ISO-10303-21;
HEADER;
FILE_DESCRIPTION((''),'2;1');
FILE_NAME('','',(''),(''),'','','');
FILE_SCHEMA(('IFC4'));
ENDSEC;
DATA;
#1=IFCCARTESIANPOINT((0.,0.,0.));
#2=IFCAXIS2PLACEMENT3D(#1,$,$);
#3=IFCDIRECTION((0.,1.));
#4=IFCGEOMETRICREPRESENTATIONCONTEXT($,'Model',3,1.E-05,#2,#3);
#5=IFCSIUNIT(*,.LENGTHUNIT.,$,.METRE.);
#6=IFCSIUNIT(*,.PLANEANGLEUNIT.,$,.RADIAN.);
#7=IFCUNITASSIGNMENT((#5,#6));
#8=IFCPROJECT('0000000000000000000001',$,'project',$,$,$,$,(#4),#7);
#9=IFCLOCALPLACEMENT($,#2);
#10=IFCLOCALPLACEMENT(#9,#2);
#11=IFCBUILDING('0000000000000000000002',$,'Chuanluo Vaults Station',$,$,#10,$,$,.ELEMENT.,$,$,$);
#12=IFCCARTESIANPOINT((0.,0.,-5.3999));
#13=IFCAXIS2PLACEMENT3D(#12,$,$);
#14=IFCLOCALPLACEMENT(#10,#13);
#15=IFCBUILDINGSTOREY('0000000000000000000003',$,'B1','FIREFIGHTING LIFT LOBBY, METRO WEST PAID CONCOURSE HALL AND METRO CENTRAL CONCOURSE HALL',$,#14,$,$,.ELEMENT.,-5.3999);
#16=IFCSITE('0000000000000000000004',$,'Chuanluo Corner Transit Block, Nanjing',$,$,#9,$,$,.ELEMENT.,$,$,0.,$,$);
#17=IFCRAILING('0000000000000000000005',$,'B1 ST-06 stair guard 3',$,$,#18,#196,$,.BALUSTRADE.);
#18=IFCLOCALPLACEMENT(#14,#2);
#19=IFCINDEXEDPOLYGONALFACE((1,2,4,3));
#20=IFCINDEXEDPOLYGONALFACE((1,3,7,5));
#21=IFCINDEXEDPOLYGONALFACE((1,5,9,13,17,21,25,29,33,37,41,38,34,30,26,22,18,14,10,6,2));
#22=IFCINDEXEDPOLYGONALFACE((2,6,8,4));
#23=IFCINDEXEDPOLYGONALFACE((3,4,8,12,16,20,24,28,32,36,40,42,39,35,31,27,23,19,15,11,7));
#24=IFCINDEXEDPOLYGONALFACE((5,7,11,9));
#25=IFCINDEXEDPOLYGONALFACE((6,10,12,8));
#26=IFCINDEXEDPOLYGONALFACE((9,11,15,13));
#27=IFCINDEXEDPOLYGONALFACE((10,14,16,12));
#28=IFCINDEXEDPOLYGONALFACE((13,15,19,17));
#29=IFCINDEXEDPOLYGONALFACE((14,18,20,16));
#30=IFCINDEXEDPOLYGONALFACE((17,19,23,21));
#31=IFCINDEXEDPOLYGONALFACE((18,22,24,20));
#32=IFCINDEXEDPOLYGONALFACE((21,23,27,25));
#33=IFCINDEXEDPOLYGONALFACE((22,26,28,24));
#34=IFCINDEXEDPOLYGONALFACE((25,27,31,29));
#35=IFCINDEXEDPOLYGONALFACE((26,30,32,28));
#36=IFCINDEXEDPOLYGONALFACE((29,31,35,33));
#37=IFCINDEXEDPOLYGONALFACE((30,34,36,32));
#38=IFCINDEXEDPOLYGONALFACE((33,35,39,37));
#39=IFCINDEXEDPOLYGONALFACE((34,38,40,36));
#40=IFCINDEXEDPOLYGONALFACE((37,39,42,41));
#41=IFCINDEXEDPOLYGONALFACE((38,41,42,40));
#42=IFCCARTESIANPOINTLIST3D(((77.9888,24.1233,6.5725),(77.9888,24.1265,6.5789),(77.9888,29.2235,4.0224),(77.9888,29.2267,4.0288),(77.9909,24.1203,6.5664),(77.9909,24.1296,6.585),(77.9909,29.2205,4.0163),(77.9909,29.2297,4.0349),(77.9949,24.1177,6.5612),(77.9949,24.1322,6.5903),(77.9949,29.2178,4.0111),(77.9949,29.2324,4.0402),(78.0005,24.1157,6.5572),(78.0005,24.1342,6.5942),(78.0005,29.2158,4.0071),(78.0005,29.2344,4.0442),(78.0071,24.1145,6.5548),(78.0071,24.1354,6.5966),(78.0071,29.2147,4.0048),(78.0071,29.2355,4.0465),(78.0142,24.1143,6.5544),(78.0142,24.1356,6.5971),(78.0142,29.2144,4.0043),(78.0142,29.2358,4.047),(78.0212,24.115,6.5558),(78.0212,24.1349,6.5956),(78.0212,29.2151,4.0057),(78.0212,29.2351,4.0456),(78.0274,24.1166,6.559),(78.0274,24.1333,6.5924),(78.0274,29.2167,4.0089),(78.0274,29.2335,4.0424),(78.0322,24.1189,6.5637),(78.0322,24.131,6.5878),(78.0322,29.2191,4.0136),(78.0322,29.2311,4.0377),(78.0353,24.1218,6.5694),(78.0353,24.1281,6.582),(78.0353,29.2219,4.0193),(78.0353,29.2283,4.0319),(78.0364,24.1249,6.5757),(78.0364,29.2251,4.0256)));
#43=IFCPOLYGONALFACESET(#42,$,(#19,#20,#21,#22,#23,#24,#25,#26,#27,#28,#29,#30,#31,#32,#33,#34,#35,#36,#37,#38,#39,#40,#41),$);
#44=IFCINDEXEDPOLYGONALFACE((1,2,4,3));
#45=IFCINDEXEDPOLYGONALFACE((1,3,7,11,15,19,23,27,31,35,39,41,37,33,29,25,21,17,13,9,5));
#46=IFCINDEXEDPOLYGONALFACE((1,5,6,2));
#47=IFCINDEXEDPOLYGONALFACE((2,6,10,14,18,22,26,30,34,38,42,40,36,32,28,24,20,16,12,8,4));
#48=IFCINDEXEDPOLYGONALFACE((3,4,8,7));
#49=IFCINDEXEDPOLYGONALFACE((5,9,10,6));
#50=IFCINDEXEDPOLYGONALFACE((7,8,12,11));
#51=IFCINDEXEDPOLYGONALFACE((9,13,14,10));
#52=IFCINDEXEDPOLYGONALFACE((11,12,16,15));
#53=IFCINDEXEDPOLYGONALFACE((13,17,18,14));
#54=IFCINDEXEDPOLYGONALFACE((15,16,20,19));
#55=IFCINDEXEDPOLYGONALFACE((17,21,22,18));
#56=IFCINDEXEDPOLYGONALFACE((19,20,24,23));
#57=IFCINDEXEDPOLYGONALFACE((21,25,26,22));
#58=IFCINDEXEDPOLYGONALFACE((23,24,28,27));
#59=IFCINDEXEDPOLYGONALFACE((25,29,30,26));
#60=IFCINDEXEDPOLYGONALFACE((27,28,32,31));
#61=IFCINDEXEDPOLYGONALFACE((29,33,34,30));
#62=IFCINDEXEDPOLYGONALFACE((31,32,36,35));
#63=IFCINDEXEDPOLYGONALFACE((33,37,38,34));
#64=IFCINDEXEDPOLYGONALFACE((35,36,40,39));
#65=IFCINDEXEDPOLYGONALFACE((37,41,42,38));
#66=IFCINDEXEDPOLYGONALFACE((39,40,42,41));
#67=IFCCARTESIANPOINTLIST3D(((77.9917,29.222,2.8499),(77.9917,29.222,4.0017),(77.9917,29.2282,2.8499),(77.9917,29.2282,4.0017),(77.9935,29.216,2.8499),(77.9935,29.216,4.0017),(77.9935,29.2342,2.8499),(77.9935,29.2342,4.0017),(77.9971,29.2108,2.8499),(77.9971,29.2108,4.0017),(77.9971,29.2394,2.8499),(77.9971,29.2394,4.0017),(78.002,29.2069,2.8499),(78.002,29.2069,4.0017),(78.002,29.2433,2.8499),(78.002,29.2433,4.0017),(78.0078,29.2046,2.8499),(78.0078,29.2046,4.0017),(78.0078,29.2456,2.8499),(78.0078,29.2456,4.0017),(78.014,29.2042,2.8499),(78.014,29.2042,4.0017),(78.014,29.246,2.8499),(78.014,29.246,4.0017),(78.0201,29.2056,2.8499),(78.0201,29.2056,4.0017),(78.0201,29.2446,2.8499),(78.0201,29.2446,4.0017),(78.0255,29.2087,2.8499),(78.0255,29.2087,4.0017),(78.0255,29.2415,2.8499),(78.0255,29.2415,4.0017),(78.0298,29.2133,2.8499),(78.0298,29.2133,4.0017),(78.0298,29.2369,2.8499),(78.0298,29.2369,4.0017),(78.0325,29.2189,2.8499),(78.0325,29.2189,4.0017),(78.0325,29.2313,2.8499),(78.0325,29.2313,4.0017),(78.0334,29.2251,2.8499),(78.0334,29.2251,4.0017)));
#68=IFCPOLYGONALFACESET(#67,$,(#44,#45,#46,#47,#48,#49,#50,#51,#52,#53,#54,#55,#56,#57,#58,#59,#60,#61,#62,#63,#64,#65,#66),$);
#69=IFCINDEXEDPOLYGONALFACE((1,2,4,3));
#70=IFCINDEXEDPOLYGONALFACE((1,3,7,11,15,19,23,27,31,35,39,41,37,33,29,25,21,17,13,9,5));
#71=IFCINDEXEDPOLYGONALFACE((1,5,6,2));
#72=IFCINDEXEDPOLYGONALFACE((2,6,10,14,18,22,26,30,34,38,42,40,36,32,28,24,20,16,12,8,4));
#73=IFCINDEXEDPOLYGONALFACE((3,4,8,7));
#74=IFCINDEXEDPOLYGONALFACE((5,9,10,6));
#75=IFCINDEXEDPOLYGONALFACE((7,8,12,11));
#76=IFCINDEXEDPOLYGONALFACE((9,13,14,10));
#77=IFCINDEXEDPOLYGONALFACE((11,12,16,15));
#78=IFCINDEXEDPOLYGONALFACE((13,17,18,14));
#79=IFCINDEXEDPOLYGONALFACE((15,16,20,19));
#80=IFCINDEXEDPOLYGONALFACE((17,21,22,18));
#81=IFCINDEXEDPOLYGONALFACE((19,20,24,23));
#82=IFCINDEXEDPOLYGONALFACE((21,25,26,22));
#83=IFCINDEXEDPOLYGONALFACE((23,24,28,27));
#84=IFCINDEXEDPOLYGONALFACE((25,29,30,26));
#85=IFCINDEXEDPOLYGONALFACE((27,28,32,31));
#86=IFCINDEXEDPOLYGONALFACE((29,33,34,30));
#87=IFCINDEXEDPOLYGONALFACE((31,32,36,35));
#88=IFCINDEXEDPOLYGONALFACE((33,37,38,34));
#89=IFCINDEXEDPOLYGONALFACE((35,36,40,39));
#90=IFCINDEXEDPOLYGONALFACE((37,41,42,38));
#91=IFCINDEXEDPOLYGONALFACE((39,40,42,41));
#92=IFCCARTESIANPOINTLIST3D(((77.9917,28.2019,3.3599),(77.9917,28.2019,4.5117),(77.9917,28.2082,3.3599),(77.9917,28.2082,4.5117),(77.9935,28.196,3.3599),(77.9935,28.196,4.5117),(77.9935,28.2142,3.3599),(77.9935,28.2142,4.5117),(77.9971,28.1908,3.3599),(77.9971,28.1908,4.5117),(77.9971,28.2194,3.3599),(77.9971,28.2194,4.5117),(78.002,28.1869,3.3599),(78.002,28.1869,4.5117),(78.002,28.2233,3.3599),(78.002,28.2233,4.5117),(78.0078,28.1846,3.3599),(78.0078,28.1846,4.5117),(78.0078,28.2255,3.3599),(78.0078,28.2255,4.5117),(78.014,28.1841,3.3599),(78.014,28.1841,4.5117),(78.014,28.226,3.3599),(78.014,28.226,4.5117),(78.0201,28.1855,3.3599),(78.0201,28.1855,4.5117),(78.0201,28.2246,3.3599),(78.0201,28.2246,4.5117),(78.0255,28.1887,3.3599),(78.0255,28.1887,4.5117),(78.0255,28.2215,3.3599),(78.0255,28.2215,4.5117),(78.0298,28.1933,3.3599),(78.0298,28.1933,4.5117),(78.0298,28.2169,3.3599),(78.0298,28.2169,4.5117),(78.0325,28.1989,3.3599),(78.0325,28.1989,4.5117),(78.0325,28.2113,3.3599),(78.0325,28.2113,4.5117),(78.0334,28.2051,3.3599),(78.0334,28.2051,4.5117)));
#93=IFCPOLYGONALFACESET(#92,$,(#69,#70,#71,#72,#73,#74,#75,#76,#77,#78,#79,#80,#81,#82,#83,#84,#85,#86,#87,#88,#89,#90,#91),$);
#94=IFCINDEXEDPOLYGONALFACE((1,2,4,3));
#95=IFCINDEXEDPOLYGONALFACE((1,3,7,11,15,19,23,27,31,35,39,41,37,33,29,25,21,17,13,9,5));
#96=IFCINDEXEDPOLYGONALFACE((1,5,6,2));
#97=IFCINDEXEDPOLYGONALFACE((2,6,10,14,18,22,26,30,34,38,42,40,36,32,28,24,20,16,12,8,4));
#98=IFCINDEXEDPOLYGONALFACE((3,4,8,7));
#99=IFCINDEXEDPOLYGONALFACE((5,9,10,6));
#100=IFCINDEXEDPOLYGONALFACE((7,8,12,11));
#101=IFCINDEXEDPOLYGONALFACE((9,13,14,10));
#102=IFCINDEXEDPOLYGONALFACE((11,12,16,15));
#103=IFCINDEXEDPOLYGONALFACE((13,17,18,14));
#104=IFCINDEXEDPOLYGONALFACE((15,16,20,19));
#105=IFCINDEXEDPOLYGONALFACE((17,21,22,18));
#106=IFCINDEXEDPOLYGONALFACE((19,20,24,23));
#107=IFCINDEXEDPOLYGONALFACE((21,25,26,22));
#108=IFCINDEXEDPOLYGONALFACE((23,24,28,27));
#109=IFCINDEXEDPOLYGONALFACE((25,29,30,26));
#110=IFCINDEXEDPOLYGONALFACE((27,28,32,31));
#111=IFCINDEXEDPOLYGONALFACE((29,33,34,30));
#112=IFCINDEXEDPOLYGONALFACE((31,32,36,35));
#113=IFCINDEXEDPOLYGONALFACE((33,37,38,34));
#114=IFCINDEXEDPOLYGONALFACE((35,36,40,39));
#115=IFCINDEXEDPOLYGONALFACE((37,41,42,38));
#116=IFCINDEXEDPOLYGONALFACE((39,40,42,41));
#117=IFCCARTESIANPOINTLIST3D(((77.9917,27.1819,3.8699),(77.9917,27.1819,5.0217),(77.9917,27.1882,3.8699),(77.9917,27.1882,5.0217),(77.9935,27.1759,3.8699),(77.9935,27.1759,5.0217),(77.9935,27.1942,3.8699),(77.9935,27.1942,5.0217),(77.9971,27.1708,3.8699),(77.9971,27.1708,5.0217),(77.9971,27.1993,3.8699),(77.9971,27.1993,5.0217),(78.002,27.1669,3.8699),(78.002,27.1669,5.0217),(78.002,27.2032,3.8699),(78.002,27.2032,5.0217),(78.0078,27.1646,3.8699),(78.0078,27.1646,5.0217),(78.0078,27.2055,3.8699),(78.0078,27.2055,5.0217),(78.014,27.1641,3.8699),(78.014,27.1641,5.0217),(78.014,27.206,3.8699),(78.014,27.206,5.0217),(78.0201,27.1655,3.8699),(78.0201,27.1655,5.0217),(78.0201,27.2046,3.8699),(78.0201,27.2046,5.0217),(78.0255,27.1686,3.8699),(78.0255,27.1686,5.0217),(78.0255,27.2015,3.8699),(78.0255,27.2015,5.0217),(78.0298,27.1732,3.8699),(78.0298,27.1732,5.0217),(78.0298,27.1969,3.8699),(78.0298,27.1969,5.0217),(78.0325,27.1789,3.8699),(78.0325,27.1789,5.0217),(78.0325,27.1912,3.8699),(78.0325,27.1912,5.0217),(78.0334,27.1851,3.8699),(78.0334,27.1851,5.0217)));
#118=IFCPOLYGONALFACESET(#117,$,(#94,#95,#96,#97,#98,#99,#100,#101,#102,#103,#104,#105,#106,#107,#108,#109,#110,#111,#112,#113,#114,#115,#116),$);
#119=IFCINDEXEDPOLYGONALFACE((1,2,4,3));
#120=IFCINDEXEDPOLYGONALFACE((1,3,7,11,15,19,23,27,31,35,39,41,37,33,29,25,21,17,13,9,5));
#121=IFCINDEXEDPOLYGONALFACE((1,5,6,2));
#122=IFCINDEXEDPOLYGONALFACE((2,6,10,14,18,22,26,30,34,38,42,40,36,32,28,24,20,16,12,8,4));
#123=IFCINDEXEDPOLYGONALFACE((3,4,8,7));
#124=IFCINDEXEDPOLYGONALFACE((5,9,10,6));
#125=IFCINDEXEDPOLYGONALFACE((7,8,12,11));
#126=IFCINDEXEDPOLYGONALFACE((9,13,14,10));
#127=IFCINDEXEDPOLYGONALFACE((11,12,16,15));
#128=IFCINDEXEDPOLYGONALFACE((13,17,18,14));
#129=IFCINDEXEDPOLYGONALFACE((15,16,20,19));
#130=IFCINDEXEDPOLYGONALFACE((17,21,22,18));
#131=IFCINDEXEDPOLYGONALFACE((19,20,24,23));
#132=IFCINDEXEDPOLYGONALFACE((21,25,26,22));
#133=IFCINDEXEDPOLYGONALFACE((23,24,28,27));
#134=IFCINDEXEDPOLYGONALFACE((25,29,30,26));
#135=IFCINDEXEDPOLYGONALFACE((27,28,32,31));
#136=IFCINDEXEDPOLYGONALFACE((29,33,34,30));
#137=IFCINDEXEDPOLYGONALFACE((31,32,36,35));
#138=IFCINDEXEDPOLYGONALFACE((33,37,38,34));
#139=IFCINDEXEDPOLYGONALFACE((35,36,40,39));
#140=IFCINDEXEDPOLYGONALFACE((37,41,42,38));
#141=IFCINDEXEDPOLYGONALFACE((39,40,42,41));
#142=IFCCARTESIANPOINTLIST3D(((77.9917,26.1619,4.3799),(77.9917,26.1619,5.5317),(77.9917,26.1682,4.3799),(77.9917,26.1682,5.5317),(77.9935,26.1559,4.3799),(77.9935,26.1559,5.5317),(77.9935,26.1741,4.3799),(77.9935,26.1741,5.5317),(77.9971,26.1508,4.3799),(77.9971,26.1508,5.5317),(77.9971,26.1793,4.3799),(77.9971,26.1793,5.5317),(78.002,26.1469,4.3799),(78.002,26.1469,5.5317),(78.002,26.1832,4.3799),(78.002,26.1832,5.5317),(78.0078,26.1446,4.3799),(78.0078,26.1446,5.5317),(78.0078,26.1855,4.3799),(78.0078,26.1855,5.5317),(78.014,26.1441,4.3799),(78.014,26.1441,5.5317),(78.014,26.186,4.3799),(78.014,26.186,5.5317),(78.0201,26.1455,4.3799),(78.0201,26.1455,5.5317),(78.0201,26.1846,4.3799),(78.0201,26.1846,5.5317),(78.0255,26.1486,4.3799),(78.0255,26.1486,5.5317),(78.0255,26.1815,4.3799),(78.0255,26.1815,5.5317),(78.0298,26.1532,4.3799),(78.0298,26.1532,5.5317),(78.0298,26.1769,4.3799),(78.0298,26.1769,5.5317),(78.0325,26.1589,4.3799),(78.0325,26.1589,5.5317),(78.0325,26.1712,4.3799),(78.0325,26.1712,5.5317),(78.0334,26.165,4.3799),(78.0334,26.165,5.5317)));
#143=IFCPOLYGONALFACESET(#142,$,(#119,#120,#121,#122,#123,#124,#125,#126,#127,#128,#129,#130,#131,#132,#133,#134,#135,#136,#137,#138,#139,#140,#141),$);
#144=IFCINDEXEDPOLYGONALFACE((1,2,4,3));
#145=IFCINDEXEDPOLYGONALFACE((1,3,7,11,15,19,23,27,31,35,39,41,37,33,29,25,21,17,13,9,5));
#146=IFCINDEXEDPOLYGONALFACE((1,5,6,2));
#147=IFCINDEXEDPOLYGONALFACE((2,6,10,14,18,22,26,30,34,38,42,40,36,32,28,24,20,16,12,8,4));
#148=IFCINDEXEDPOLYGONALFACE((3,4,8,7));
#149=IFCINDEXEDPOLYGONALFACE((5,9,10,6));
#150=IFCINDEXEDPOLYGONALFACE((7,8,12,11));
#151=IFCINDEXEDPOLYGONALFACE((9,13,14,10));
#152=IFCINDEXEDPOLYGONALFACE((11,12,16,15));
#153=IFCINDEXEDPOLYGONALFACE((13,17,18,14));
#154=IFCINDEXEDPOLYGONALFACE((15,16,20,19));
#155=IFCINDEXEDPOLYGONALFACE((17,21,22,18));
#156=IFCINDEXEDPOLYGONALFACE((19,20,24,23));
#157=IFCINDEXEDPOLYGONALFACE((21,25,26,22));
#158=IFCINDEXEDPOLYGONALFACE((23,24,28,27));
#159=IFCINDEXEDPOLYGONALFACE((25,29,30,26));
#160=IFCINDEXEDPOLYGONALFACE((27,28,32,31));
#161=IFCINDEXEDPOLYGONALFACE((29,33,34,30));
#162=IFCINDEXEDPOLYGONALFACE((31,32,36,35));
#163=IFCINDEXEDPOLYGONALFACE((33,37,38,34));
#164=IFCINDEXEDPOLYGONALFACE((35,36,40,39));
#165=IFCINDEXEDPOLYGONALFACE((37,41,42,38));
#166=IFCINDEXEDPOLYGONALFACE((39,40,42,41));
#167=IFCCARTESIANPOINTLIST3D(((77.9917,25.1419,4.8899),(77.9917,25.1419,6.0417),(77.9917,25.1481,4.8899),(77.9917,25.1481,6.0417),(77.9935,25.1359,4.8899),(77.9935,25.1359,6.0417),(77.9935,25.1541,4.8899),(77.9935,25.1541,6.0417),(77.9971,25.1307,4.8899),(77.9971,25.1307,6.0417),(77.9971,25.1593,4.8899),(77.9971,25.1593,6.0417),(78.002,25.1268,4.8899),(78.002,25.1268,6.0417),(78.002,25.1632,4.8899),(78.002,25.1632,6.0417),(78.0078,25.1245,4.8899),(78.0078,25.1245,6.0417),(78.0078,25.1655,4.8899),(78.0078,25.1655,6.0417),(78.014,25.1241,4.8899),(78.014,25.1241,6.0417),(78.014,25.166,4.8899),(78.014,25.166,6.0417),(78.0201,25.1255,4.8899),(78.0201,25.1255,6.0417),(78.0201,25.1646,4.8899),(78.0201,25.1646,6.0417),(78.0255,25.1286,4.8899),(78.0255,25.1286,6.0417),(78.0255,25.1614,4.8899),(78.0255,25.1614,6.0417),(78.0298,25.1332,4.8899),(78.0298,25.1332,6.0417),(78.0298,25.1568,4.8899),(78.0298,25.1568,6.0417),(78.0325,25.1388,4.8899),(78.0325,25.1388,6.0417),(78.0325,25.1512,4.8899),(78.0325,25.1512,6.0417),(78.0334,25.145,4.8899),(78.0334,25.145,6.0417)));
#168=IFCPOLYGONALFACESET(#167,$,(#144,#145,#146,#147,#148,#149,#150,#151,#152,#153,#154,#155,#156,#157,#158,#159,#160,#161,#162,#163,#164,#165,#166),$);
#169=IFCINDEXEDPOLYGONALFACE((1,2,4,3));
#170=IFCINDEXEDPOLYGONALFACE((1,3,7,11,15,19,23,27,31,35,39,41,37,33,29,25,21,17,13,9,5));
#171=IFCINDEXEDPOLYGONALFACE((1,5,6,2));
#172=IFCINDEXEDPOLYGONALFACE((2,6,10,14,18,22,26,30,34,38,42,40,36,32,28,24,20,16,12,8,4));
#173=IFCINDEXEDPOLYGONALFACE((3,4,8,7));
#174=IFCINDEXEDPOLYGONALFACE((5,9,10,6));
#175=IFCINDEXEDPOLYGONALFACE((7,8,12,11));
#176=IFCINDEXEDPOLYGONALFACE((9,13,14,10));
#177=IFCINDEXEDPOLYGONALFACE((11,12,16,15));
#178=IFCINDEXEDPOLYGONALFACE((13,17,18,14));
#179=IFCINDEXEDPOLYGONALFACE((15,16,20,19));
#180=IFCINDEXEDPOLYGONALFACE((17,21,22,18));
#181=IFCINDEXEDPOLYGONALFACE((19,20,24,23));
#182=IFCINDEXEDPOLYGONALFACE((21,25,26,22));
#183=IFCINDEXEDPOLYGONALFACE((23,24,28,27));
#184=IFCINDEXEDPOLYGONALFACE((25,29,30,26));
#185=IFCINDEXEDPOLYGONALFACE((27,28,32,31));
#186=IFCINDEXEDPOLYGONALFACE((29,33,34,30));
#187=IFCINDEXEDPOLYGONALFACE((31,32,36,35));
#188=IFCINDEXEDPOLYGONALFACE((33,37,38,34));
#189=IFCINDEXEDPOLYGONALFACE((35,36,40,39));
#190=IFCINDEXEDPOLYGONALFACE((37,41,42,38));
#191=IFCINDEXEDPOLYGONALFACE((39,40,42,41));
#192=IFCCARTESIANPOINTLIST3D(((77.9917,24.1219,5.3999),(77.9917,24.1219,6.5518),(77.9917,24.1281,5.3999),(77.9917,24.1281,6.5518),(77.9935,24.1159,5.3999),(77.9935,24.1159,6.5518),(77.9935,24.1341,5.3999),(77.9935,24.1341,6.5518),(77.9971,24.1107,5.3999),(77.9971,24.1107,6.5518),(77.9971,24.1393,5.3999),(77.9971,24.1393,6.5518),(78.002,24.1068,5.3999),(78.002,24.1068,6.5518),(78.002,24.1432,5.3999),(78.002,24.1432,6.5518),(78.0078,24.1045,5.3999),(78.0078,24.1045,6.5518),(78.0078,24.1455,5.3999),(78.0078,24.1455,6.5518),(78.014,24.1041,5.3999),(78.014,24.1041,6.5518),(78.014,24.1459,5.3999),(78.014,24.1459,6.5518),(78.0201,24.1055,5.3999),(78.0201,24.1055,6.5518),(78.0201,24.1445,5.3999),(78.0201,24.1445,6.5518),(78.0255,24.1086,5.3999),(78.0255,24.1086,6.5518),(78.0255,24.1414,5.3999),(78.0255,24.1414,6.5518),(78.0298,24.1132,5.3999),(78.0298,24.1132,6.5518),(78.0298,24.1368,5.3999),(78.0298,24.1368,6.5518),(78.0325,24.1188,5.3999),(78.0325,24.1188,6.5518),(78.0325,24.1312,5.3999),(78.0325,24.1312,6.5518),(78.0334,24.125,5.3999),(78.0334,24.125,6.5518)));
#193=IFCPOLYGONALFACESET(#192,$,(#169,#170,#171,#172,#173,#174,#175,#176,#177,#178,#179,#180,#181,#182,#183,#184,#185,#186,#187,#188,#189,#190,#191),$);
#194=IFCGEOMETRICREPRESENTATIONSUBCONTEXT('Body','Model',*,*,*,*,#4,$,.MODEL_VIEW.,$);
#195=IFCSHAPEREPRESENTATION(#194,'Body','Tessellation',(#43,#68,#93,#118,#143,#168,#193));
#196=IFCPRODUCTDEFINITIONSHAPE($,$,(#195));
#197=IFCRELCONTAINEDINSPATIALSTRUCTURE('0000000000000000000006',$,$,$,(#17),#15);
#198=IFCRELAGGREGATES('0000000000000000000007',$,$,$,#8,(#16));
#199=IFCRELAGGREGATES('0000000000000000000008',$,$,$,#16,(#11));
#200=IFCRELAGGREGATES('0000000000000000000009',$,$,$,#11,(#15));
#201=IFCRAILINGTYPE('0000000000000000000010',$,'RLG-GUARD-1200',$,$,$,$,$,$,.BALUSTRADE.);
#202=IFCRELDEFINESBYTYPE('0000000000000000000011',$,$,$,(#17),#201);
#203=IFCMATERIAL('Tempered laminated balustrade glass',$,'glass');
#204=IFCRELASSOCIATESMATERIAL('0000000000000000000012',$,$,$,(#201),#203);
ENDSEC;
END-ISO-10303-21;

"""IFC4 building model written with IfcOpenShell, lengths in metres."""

from ifc_helpers import new_model, si_unit, direction, frame, origin, origin_2d, place, context, subcontext, project, spatial, circle, extrude, material, type_object, element, save


model = new_model("IFC4")

# Units and contexts
model_context = context("Model", 3, precision=1e-05, world=origin(), true_north=direction((0.0, 1.0)))
body_context = subcontext(model_context, "Body", "Model", "MODEL_VIEW")
ifc_project = project(units=[si_unit("LENGTHUNIT", "METRE"), si_unit("PLANEANGLEUNIT", "RADIAN")], contexts=[model_context])

# Site, building, storey
site_placement = place(None, origin())
site = spatial("IfcSite", under=ifc_project, at=site_placement, Name="Chuanluo Corner Transit Block, Nanjing", CompositionType="ELEMENT", RefElevation=0.0)
building_placement = place(site_placement, origin())
building = spatial("IfcBuilding", under=site, at=building_placement, Name="Chuanluo Vaults Station", CompositionType="ELEMENT")
storey_placement = place(building_placement, frame((0.0, 0.0, -5.3999)))
storey = spatial("IfcBuildingStorey", under=building, at=storey_placement, Name="B1", Description="FIREFIGHTING LIFT LOBBY, METRO WEST PAID CONCOURSE HALL AND METRO CENTRAL CONCOURSE HALL", CompositionType="ELEMENT", Elevation=-5.3999)

# Railing
ifc_material_1 = material(Name="Tempered laminated balustrade glass", Category="glass")
railing_type_1 = type_object("IfcRailingType", Name="RLG-GUARD-1200", PredefinedType="BALUSTRADE", material=ifc_material_1)
railing_1_placement = place(storey_placement, frame((78.0125, 29.2251, 2.8499)))
element("IfcRailing", 1, at=railing_1_placement, inside=storey, type_object=railing_type_1, Name="B1 ST-06 stair guard 3", PredefinedType="BALUSTRADE", context=body_context, shape_type="SweptSolid", body=[
    extrude(circle(Radius=0.0239, at=origin_2d()), frame((0.0, 0.0, 1.1758), z_axis=(0.0, -0.894427, 0.447214), x_axis=(1.0, 0.0, 0.0)), (0.0, 0.0, 1.0), 5.7021),
    extrude(circle(Radius=0.021, at=origin_2d()), origin(), (0.0, 0.0, 1.0), 1.1519),
    extrude(circle(Radius=0.021, at=origin_2d()), frame((0.0, -1.02, 0.51)), (0.0, 0.0, 1.0), 1.1519),
    extrude(circle(Radius=0.021, at=origin_2d()), frame((0.0, -2.04, 1.02)), (0.0, 0.0, 1.0), 1.1519),
    extrude(circle(Radius=0.021, at=origin_2d()), frame((0.0, -3.0601, 1.53)), (0.0, 0.0, 1.0), 1.1519),
    extrude(circle(Radius=0.021, at=origin_2d()), frame((0.0, -4.0801, 2.04)), (0.0, 0.0, 1.0), 1.1519),
    extrude(circle(Radius=0.021, at=origin_2d()), frame((0.0, -5.1001, 2.55)), (0.0, 0.0, 1.0), 1.1519),
])

save(model, "model.ifc")
